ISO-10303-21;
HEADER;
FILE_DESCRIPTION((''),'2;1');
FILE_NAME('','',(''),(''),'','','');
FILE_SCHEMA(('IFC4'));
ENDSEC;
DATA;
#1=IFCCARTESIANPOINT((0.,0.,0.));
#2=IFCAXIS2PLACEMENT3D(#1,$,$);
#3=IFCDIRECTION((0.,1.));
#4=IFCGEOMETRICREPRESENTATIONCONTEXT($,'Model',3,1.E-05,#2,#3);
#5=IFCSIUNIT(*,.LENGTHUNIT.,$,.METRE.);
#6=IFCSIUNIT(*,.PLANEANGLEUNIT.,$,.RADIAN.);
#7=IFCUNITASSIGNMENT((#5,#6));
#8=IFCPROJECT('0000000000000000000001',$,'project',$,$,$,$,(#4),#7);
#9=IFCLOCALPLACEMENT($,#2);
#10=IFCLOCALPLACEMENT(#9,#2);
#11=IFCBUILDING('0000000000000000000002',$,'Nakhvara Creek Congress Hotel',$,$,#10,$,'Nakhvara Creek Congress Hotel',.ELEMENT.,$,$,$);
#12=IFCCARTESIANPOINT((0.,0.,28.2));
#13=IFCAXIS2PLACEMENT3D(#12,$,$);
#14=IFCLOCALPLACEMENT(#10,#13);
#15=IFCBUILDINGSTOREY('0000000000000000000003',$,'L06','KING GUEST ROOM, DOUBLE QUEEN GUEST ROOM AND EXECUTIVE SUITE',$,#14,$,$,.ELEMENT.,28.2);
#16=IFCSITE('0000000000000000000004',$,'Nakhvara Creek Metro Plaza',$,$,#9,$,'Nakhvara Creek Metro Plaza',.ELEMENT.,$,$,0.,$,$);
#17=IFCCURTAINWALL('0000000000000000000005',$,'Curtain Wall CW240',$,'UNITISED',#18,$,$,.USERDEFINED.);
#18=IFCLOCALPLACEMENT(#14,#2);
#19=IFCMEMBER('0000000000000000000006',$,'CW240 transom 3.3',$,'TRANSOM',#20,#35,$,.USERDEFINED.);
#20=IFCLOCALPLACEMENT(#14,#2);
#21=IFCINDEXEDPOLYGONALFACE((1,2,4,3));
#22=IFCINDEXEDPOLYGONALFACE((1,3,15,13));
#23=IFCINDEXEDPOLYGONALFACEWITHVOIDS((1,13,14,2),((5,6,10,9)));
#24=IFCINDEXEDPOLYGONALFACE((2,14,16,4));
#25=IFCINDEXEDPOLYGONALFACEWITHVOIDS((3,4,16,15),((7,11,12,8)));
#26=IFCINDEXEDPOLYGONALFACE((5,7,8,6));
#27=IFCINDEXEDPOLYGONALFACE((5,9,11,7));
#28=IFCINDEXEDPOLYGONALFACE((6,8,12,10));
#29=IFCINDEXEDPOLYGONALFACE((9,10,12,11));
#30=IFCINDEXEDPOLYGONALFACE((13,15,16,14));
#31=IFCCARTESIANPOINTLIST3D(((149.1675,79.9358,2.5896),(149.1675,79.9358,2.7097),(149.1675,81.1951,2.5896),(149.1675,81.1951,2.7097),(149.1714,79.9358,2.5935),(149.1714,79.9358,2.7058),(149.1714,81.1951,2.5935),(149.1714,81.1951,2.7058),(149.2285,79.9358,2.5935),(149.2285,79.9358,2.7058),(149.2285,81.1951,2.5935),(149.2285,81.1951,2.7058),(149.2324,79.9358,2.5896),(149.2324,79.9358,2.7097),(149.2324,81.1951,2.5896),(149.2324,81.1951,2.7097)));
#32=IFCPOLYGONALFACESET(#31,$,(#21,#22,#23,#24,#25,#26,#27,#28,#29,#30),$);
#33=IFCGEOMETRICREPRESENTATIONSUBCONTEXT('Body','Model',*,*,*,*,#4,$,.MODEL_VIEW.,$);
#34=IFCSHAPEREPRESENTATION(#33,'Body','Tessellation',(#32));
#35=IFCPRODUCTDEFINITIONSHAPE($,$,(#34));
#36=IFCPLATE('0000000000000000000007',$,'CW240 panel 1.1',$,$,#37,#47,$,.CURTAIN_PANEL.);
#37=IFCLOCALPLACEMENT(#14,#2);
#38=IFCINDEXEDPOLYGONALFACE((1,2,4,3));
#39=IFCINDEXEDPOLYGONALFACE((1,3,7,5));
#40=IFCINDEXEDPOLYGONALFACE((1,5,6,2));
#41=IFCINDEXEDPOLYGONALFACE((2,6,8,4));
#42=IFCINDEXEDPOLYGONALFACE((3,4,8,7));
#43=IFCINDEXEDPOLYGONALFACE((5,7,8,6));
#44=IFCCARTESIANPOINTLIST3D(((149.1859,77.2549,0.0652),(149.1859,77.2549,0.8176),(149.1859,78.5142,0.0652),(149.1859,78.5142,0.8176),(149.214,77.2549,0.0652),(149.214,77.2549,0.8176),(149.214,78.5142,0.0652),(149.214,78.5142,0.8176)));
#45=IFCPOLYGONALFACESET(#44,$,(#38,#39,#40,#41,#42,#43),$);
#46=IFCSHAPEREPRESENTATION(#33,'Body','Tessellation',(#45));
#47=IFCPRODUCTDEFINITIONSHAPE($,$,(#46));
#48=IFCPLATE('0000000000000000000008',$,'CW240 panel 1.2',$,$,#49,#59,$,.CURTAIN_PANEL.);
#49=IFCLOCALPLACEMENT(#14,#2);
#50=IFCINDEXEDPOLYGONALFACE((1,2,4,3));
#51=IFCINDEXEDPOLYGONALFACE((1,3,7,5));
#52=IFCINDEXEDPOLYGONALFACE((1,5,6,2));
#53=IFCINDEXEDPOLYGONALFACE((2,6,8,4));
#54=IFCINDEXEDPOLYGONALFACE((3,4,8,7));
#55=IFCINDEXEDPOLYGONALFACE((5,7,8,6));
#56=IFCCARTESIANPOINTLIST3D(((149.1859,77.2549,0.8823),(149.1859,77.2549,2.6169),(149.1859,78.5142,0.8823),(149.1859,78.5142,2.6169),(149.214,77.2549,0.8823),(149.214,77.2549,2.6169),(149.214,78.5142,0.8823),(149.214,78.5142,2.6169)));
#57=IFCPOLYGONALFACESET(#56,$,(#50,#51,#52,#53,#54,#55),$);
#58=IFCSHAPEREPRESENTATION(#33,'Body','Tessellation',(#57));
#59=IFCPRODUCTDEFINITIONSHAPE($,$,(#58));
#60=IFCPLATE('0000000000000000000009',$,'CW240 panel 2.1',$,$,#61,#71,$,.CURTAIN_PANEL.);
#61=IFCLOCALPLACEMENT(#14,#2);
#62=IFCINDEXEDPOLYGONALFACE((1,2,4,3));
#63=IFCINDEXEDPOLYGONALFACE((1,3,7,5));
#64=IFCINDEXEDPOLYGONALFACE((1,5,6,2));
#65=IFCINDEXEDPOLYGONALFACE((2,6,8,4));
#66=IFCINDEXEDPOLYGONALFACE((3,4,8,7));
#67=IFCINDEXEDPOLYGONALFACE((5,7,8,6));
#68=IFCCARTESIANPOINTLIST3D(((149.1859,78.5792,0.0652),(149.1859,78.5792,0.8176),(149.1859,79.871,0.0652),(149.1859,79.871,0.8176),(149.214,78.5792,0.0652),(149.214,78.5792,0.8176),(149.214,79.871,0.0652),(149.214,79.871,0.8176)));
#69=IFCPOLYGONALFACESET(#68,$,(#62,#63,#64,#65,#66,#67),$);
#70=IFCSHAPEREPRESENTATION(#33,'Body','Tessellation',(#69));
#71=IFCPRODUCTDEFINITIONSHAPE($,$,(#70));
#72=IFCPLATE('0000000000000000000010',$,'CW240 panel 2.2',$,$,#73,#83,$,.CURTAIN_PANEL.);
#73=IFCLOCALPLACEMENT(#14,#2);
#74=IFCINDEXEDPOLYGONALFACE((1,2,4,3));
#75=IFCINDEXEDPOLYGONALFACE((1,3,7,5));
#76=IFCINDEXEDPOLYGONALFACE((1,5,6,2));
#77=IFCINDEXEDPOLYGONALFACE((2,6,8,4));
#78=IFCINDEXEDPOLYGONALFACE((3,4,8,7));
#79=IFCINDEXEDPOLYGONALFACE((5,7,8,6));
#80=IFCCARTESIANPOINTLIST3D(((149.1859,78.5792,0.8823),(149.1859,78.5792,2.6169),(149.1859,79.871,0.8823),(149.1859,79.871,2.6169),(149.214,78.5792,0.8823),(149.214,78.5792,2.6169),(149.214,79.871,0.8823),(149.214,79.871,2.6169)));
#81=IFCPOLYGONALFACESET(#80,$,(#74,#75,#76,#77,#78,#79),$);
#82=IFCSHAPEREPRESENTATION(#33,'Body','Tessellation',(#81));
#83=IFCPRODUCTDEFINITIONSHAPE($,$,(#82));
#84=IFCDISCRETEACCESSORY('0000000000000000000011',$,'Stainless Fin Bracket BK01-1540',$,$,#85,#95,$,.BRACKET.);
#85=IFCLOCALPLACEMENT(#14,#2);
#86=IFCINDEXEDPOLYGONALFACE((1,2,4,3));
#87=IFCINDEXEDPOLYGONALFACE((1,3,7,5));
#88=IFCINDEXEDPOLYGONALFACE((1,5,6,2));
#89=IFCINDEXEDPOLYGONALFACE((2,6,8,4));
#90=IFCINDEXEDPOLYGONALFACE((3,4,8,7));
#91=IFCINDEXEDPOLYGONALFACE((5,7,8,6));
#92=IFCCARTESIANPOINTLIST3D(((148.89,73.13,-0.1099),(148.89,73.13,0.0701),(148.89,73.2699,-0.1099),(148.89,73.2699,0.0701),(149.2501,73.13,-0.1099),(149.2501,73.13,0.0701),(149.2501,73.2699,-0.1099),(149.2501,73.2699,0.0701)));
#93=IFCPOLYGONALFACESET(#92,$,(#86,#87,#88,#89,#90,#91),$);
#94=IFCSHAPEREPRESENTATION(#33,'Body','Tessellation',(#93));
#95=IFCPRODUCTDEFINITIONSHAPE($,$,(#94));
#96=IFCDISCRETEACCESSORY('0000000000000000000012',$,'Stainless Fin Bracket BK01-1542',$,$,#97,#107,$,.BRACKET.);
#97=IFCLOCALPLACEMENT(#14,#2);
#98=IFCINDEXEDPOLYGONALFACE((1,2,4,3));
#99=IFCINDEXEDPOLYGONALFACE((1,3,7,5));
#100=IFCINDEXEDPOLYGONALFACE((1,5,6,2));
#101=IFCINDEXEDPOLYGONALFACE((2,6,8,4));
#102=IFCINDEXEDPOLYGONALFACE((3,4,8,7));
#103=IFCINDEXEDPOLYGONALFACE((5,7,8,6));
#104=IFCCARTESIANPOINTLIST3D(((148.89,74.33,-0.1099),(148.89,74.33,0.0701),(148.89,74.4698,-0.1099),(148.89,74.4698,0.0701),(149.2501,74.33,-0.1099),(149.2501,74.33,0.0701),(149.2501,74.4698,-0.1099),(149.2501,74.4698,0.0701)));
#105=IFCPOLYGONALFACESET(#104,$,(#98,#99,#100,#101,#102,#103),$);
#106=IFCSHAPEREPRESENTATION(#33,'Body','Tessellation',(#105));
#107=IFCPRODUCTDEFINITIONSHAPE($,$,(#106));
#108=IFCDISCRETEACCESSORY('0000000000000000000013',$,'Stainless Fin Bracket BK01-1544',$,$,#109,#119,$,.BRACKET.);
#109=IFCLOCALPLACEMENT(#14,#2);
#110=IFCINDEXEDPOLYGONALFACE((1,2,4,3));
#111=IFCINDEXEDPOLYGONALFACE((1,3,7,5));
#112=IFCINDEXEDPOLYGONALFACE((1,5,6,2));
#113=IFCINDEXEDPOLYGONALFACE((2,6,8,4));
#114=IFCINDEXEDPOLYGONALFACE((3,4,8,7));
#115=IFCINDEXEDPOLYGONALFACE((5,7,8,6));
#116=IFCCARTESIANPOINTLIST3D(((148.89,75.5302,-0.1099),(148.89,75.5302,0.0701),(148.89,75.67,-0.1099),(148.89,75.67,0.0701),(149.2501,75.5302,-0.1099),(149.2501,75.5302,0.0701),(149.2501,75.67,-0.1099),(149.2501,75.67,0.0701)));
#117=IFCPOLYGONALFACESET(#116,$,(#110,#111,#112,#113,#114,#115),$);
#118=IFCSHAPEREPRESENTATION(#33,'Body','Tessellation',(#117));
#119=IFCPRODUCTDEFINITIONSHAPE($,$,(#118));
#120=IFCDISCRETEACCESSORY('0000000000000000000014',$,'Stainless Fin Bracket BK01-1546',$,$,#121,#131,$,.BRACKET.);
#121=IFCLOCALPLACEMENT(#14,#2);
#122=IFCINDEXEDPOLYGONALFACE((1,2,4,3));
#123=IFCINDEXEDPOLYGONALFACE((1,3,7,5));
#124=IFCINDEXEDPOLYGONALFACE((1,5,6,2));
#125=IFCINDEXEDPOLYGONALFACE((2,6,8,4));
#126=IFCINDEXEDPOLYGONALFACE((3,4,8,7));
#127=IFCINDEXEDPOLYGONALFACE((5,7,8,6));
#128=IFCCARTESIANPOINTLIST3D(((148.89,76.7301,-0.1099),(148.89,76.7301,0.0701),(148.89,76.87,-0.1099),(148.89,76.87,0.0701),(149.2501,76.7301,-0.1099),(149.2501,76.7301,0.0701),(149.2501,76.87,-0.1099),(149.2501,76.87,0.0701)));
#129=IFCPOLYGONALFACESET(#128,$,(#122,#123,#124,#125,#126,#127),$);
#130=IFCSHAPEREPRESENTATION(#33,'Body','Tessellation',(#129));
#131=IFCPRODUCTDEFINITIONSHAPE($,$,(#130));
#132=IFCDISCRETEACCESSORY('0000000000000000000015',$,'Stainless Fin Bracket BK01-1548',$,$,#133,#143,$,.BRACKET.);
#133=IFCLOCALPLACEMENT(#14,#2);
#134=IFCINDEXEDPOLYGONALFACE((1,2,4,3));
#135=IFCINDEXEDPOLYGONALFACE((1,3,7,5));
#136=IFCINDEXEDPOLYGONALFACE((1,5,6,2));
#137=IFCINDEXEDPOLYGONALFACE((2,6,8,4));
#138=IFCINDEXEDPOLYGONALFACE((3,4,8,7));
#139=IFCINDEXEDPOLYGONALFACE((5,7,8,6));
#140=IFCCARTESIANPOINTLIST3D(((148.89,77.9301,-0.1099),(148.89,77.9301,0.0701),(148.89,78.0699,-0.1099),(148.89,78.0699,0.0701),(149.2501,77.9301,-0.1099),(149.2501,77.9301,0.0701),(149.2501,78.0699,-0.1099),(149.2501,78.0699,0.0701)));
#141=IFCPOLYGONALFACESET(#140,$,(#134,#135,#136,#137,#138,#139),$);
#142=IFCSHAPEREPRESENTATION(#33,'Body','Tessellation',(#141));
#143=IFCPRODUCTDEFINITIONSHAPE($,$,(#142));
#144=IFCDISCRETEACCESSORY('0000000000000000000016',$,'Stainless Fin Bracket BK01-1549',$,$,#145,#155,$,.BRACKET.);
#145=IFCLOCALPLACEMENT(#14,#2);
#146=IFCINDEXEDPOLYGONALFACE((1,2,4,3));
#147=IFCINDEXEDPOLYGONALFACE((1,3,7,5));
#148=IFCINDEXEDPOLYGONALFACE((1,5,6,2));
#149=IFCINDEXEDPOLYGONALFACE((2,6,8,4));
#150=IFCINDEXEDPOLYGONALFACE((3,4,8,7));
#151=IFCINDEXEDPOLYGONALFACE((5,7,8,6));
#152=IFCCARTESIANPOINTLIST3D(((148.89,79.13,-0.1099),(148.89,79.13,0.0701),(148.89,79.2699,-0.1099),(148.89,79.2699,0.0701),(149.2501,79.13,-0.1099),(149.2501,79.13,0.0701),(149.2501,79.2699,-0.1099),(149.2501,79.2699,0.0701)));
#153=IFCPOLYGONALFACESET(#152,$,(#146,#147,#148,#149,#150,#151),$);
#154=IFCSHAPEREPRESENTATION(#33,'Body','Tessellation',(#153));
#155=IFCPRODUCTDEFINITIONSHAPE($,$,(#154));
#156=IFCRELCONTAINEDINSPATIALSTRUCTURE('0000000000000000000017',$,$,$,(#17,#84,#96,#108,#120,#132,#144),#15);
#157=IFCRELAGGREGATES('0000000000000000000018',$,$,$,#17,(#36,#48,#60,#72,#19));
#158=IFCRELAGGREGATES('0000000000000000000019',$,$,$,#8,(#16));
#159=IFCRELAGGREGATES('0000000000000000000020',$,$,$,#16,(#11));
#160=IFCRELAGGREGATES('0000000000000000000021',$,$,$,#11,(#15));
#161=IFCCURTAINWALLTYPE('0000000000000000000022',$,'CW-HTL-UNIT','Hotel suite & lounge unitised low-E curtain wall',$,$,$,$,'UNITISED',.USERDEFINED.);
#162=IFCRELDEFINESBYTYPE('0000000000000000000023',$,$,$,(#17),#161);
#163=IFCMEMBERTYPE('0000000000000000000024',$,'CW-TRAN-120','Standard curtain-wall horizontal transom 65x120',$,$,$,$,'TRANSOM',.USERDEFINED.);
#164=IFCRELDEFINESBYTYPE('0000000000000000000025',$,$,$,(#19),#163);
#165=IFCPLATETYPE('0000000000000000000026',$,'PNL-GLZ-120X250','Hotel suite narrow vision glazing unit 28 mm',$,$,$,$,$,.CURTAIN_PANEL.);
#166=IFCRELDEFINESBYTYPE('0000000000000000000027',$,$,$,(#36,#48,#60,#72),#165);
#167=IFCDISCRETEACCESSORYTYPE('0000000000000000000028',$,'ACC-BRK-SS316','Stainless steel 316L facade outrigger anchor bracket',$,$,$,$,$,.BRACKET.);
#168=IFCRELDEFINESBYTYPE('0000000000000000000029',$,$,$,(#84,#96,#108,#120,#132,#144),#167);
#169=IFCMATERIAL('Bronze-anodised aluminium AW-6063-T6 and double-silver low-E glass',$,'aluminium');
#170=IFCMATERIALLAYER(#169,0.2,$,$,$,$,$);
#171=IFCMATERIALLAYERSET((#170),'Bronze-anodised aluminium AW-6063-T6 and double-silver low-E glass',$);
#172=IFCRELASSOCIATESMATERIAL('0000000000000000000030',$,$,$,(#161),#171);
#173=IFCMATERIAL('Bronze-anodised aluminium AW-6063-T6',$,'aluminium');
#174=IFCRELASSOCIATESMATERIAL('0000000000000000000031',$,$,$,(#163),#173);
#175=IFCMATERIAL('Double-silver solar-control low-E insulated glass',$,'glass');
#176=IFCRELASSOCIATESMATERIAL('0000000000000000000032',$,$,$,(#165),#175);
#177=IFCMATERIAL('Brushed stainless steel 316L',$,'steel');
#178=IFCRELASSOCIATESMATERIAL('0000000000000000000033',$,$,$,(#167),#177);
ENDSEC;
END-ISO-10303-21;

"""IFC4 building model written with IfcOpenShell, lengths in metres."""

from ifc_helpers import new_model, si_unit, direction, frame, origin, origin_2d, place, context, subcontext, project, spatial, rectangle, hollow_rectangle, extrude, material, layer, layer_set, material_profile, profile_set, type_object, element, aggregate, save


model = new_model("IFC4")

# Units and contexts
model_context = context("Model", 3, precision=1e-05, world=origin(), true_north=direction((0.0, 1.0)))
body_context = subcontext(model_context, "Body", "Model", "MODEL_VIEW")
ifc_project = project(units=[si_unit("LENGTHUNIT", "METRE"), si_unit("PLANEANGLEUNIT", "RADIAN")], contexts=[model_context])

# Site, building, storey
site_placement = place(None, origin())
site = spatial("IfcSite", under=ifc_project, at=site_placement, Name="Nakhvara Creek Metro Plaza", LongName="Nakhvara Creek Metro Plaza", CompositionType="ELEMENT", RefElevation=0.0)
building_placement = place(site_placement, origin())
building = spatial("IfcBuilding", under=site, at=building_placement, Name="Nakhvara Creek Congress Hotel", LongName="Nakhvara Creek Congress Hotel", CompositionType="ELEMENT")
storey_placement = place(building_placement, frame((0.0, 0.0, 28.2)))
storey = spatial("IfcBuildingStorey", under=building, at=storey_placement, Name="L06", Description="KING GUEST ROOM, DOUBLE QUEEN GUEST ROOM AND EXECUTIVE SUITE", CompositionType="ELEMENT", Elevation=28.2)

# Curtain wall, member, plates
ifc_material_1 = material(Name="Bronze-anodised aluminium AW-6063-T6 and double-silver low-E glass", Category="aluminium")
ifc_layer = layer(ifc_material_1, 0.2)
ifc_layer_set = layer_set([ifc_layer], Name="Bronze-anodised aluminium AW-6063-T6 and double-silver low-E glass")
curtain_wall_type = type_object("IfcCurtainWallType", Name="CW-HTL-UNIT", Description="Hotel suite & lounge unitised low-E curtain wall", ElementType="UNITISED", PredefinedType="USERDEFINED", material=ifc_layer_set)
curtain_wall_placement = place(storey_placement, origin())
curtain_wall = element("IfcCurtainWall", 1, at=curtain_wall_placement, inside=storey, type_object=curtain_wall_type, Name="Curtain Wall CW240", ObjectType="UNITISED", PredefinedType="USERDEFINED")
ifc_material_2 = material(Name="Bronze-anodised aluminium AW-6063-T6", Category="aluminium")
ifc_material_profile_1 = material_profile(ifc_material_2, hollow_rectangle(XDim=0.0649, YDim=0.1201, WallThickness=0.0039, at=origin_2d()), Name="ALU-TRAN 65x120x4", Category="LoadBearing")
ifc_profile_set_1 = profile_set([ifc_material_profile_1], Name="Bronze-anodised aluminium AW-6063-T6")
member_type_1 = type_object("IfcMemberType", Name="CW-TRAN-120", Description="Standard curtain-wall horizontal transom 65x120", ElementType="TRANSOM", PredefinedType="USERDEFINED", material=ifc_profile_set_1)
member_1_placement = place(storey_placement, frame((149.2, 79.9358, 2.6497), z_axis=(0.0, 1.0, 0.0), x_axis=(-1.0, 0.0, 0.0)))
member_1 = element("IfcMember", 2, at=member_1_placement, type_object=member_type_1, Name="CW240 transom 3.3", ObjectType="TRANSOM", PredefinedType="USERDEFINED", context=body_context, shape_type="SweptSolid", body=[
    extrude(hollow_rectangle(XDim=0.0649, YDim=0.1201, WallThickness=0.0039, at=origin_2d()), origin(), (0.0, 0.0, 1.0), 1.2593),
])
ifc_material_3 = material(Name="Double-silver solar-control low-E insulated glass", Category="glass")
plate_type = type_object("IfcPlateType", Name="PNL-GLZ-120X250", Description="Hotel suite narrow vision glazing unit 28 mm", PredefinedType="CURTAIN_PANEL", material=ifc_material_3)
plate_1_placement = place(storey_placement, frame((149.2, 77.8845, 0.0652), z_axis=(0.0, 0.0, 1.0), x_axis=(0.0, 1.0, 0.0)))
plate_1 = element("IfcPlate", 3, at=plate_1_placement, type_object=plate_type, Name="CW240 panel 1.1", PredefinedType="CURTAIN_PANEL", context=body_context, shape_type="SweptSolid", body=[
    extrude(rectangle(XDim=1.2593, YDim=0.0281, at=origin_2d()), origin(), (0.0, 0.0, 1.0), 0.7524),
])
plate_2_placement = place(storey_placement, frame((149.2, 77.8845, 0.8823), z_axis=(0.0, 0.0, 1.0), x_axis=(0.0, 1.0, 0.0)))
plate_2 = element("IfcPlate", 4, at=plate_2_placement, type_object=plate_type, Name="CW240 panel 1.2", PredefinedType="CURTAIN_PANEL", context=body_context, shape_type="SweptSolid", body=[
    extrude(rectangle(XDim=1.2593, YDim=0.0281, at=origin_2d()), origin(), (0.0, 0.0, 1.0), 1.7346),
])
plate_3_placement = place(storey_placement, frame((149.2, 79.2251, 0.0652), z_axis=(0.0, 0.0, 1.0), x_axis=(0.0, 1.0, 0.0)))
plate_3 = element("IfcPlate", 5, at=plate_3_placement, type_object=plate_type, Name="CW240 panel 2.1", PredefinedType="CURTAIN_PANEL", context=body_context, shape_type="SweptSolid", body=[
    extrude(rectangle(XDim=1.2917, YDim=0.0281, at=origin_2d()), origin(), (0.0, 0.0, 1.0), 0.7524),
])
plate_4_placement = place(storey_placement, frame((149.2, 79.2251, 0.8823), z_axis=(0.0, 0.0, 1.0), x_axis=(0.0, 1.0, 0.0)))
plate_4 = element("IfcPlate", 6, at=plate_4_placement, type_object=plate_type, Name="CW240 panel 2.2", PredefinedType="CURTAIN_PANEL", context=body_context, shape_type="SweptSolid", body=[
    extrude(rectangle(XDim=1.2917, YDim=0.0281, at=origin_2d()), origin(), (0.0, 0.0, 1.0), 1.7346),
])
aggregate(curtain_wall, [plate_1, plate_2, plate_3, plate_4, member_1])

# Discrete accessories
ifc_material_4 = material(Name="Brushed stainless steel 316L", Category="steel")
discrete_accessory_type = type_object("IfcDiscreteAccessoryType", Name="ACC-BRK-SS316", Description="Stainless steel 316L facade outrigger anchor bracket", PredefinedType="BRACKET", material=ifc_material_4)
for number, where, z_axis, x_axis, name in (
    (7, (149.0701, 73.2, -0.1099), (0.0, 0.0, 1.0), (0.0, 1.0, 0.0), "Stainless Fin Bracket BK01-1540"),
    (8, (149.0701, 74.3999, -0.1099), (0.0, 0.0, 1.0), (0.0, 1.0, 0.0), "Stainless Fin Bracket BK01-1542"),
    (9, (149.0701, 75.6001, -0.1099), (0.0, 0.0, 1.0), (0.0, 1.0, 0.0), "Stainless Fin Bracket BK01-1544"),
    (10, (149.0701, 76.8, -0.1099), (0.0, 0.0, 1.0), (0.0, 1.0, 0.0), "Stainless Fin Bracket BK01-1546"),
    (11, (149.0701, 78.0, -0.1099), (0.0, 0.0, 1.0), (0.0, 1.0, 0.0), "Stainless Fin Bracket BK01-1548"),
    (12, (149.0701, 79.2, -0.1099), (0.0, 0.0, 1.0), (0.0, 1.0, 0.0), "Stainless Fin Bracket BK01-1549"),
):
    element("IfcDiscreteAccessory", number, at=place(storey_placement, frame(where, z_axis=z_axis, x_axis=x_axis)), inside=storey, type_object=discrete_accessory_type, Name=name, PredefinedType="BRACKET", context=body_context, shape_type="SweptSolid", body=[
        extrude(rectangle(XDim=0.1399, YDim=0.3601, at=origin_2d()), origin(), (0.0, 0.0, 1.0), 0.1799),
    ])

save(model, "model.ifc")
